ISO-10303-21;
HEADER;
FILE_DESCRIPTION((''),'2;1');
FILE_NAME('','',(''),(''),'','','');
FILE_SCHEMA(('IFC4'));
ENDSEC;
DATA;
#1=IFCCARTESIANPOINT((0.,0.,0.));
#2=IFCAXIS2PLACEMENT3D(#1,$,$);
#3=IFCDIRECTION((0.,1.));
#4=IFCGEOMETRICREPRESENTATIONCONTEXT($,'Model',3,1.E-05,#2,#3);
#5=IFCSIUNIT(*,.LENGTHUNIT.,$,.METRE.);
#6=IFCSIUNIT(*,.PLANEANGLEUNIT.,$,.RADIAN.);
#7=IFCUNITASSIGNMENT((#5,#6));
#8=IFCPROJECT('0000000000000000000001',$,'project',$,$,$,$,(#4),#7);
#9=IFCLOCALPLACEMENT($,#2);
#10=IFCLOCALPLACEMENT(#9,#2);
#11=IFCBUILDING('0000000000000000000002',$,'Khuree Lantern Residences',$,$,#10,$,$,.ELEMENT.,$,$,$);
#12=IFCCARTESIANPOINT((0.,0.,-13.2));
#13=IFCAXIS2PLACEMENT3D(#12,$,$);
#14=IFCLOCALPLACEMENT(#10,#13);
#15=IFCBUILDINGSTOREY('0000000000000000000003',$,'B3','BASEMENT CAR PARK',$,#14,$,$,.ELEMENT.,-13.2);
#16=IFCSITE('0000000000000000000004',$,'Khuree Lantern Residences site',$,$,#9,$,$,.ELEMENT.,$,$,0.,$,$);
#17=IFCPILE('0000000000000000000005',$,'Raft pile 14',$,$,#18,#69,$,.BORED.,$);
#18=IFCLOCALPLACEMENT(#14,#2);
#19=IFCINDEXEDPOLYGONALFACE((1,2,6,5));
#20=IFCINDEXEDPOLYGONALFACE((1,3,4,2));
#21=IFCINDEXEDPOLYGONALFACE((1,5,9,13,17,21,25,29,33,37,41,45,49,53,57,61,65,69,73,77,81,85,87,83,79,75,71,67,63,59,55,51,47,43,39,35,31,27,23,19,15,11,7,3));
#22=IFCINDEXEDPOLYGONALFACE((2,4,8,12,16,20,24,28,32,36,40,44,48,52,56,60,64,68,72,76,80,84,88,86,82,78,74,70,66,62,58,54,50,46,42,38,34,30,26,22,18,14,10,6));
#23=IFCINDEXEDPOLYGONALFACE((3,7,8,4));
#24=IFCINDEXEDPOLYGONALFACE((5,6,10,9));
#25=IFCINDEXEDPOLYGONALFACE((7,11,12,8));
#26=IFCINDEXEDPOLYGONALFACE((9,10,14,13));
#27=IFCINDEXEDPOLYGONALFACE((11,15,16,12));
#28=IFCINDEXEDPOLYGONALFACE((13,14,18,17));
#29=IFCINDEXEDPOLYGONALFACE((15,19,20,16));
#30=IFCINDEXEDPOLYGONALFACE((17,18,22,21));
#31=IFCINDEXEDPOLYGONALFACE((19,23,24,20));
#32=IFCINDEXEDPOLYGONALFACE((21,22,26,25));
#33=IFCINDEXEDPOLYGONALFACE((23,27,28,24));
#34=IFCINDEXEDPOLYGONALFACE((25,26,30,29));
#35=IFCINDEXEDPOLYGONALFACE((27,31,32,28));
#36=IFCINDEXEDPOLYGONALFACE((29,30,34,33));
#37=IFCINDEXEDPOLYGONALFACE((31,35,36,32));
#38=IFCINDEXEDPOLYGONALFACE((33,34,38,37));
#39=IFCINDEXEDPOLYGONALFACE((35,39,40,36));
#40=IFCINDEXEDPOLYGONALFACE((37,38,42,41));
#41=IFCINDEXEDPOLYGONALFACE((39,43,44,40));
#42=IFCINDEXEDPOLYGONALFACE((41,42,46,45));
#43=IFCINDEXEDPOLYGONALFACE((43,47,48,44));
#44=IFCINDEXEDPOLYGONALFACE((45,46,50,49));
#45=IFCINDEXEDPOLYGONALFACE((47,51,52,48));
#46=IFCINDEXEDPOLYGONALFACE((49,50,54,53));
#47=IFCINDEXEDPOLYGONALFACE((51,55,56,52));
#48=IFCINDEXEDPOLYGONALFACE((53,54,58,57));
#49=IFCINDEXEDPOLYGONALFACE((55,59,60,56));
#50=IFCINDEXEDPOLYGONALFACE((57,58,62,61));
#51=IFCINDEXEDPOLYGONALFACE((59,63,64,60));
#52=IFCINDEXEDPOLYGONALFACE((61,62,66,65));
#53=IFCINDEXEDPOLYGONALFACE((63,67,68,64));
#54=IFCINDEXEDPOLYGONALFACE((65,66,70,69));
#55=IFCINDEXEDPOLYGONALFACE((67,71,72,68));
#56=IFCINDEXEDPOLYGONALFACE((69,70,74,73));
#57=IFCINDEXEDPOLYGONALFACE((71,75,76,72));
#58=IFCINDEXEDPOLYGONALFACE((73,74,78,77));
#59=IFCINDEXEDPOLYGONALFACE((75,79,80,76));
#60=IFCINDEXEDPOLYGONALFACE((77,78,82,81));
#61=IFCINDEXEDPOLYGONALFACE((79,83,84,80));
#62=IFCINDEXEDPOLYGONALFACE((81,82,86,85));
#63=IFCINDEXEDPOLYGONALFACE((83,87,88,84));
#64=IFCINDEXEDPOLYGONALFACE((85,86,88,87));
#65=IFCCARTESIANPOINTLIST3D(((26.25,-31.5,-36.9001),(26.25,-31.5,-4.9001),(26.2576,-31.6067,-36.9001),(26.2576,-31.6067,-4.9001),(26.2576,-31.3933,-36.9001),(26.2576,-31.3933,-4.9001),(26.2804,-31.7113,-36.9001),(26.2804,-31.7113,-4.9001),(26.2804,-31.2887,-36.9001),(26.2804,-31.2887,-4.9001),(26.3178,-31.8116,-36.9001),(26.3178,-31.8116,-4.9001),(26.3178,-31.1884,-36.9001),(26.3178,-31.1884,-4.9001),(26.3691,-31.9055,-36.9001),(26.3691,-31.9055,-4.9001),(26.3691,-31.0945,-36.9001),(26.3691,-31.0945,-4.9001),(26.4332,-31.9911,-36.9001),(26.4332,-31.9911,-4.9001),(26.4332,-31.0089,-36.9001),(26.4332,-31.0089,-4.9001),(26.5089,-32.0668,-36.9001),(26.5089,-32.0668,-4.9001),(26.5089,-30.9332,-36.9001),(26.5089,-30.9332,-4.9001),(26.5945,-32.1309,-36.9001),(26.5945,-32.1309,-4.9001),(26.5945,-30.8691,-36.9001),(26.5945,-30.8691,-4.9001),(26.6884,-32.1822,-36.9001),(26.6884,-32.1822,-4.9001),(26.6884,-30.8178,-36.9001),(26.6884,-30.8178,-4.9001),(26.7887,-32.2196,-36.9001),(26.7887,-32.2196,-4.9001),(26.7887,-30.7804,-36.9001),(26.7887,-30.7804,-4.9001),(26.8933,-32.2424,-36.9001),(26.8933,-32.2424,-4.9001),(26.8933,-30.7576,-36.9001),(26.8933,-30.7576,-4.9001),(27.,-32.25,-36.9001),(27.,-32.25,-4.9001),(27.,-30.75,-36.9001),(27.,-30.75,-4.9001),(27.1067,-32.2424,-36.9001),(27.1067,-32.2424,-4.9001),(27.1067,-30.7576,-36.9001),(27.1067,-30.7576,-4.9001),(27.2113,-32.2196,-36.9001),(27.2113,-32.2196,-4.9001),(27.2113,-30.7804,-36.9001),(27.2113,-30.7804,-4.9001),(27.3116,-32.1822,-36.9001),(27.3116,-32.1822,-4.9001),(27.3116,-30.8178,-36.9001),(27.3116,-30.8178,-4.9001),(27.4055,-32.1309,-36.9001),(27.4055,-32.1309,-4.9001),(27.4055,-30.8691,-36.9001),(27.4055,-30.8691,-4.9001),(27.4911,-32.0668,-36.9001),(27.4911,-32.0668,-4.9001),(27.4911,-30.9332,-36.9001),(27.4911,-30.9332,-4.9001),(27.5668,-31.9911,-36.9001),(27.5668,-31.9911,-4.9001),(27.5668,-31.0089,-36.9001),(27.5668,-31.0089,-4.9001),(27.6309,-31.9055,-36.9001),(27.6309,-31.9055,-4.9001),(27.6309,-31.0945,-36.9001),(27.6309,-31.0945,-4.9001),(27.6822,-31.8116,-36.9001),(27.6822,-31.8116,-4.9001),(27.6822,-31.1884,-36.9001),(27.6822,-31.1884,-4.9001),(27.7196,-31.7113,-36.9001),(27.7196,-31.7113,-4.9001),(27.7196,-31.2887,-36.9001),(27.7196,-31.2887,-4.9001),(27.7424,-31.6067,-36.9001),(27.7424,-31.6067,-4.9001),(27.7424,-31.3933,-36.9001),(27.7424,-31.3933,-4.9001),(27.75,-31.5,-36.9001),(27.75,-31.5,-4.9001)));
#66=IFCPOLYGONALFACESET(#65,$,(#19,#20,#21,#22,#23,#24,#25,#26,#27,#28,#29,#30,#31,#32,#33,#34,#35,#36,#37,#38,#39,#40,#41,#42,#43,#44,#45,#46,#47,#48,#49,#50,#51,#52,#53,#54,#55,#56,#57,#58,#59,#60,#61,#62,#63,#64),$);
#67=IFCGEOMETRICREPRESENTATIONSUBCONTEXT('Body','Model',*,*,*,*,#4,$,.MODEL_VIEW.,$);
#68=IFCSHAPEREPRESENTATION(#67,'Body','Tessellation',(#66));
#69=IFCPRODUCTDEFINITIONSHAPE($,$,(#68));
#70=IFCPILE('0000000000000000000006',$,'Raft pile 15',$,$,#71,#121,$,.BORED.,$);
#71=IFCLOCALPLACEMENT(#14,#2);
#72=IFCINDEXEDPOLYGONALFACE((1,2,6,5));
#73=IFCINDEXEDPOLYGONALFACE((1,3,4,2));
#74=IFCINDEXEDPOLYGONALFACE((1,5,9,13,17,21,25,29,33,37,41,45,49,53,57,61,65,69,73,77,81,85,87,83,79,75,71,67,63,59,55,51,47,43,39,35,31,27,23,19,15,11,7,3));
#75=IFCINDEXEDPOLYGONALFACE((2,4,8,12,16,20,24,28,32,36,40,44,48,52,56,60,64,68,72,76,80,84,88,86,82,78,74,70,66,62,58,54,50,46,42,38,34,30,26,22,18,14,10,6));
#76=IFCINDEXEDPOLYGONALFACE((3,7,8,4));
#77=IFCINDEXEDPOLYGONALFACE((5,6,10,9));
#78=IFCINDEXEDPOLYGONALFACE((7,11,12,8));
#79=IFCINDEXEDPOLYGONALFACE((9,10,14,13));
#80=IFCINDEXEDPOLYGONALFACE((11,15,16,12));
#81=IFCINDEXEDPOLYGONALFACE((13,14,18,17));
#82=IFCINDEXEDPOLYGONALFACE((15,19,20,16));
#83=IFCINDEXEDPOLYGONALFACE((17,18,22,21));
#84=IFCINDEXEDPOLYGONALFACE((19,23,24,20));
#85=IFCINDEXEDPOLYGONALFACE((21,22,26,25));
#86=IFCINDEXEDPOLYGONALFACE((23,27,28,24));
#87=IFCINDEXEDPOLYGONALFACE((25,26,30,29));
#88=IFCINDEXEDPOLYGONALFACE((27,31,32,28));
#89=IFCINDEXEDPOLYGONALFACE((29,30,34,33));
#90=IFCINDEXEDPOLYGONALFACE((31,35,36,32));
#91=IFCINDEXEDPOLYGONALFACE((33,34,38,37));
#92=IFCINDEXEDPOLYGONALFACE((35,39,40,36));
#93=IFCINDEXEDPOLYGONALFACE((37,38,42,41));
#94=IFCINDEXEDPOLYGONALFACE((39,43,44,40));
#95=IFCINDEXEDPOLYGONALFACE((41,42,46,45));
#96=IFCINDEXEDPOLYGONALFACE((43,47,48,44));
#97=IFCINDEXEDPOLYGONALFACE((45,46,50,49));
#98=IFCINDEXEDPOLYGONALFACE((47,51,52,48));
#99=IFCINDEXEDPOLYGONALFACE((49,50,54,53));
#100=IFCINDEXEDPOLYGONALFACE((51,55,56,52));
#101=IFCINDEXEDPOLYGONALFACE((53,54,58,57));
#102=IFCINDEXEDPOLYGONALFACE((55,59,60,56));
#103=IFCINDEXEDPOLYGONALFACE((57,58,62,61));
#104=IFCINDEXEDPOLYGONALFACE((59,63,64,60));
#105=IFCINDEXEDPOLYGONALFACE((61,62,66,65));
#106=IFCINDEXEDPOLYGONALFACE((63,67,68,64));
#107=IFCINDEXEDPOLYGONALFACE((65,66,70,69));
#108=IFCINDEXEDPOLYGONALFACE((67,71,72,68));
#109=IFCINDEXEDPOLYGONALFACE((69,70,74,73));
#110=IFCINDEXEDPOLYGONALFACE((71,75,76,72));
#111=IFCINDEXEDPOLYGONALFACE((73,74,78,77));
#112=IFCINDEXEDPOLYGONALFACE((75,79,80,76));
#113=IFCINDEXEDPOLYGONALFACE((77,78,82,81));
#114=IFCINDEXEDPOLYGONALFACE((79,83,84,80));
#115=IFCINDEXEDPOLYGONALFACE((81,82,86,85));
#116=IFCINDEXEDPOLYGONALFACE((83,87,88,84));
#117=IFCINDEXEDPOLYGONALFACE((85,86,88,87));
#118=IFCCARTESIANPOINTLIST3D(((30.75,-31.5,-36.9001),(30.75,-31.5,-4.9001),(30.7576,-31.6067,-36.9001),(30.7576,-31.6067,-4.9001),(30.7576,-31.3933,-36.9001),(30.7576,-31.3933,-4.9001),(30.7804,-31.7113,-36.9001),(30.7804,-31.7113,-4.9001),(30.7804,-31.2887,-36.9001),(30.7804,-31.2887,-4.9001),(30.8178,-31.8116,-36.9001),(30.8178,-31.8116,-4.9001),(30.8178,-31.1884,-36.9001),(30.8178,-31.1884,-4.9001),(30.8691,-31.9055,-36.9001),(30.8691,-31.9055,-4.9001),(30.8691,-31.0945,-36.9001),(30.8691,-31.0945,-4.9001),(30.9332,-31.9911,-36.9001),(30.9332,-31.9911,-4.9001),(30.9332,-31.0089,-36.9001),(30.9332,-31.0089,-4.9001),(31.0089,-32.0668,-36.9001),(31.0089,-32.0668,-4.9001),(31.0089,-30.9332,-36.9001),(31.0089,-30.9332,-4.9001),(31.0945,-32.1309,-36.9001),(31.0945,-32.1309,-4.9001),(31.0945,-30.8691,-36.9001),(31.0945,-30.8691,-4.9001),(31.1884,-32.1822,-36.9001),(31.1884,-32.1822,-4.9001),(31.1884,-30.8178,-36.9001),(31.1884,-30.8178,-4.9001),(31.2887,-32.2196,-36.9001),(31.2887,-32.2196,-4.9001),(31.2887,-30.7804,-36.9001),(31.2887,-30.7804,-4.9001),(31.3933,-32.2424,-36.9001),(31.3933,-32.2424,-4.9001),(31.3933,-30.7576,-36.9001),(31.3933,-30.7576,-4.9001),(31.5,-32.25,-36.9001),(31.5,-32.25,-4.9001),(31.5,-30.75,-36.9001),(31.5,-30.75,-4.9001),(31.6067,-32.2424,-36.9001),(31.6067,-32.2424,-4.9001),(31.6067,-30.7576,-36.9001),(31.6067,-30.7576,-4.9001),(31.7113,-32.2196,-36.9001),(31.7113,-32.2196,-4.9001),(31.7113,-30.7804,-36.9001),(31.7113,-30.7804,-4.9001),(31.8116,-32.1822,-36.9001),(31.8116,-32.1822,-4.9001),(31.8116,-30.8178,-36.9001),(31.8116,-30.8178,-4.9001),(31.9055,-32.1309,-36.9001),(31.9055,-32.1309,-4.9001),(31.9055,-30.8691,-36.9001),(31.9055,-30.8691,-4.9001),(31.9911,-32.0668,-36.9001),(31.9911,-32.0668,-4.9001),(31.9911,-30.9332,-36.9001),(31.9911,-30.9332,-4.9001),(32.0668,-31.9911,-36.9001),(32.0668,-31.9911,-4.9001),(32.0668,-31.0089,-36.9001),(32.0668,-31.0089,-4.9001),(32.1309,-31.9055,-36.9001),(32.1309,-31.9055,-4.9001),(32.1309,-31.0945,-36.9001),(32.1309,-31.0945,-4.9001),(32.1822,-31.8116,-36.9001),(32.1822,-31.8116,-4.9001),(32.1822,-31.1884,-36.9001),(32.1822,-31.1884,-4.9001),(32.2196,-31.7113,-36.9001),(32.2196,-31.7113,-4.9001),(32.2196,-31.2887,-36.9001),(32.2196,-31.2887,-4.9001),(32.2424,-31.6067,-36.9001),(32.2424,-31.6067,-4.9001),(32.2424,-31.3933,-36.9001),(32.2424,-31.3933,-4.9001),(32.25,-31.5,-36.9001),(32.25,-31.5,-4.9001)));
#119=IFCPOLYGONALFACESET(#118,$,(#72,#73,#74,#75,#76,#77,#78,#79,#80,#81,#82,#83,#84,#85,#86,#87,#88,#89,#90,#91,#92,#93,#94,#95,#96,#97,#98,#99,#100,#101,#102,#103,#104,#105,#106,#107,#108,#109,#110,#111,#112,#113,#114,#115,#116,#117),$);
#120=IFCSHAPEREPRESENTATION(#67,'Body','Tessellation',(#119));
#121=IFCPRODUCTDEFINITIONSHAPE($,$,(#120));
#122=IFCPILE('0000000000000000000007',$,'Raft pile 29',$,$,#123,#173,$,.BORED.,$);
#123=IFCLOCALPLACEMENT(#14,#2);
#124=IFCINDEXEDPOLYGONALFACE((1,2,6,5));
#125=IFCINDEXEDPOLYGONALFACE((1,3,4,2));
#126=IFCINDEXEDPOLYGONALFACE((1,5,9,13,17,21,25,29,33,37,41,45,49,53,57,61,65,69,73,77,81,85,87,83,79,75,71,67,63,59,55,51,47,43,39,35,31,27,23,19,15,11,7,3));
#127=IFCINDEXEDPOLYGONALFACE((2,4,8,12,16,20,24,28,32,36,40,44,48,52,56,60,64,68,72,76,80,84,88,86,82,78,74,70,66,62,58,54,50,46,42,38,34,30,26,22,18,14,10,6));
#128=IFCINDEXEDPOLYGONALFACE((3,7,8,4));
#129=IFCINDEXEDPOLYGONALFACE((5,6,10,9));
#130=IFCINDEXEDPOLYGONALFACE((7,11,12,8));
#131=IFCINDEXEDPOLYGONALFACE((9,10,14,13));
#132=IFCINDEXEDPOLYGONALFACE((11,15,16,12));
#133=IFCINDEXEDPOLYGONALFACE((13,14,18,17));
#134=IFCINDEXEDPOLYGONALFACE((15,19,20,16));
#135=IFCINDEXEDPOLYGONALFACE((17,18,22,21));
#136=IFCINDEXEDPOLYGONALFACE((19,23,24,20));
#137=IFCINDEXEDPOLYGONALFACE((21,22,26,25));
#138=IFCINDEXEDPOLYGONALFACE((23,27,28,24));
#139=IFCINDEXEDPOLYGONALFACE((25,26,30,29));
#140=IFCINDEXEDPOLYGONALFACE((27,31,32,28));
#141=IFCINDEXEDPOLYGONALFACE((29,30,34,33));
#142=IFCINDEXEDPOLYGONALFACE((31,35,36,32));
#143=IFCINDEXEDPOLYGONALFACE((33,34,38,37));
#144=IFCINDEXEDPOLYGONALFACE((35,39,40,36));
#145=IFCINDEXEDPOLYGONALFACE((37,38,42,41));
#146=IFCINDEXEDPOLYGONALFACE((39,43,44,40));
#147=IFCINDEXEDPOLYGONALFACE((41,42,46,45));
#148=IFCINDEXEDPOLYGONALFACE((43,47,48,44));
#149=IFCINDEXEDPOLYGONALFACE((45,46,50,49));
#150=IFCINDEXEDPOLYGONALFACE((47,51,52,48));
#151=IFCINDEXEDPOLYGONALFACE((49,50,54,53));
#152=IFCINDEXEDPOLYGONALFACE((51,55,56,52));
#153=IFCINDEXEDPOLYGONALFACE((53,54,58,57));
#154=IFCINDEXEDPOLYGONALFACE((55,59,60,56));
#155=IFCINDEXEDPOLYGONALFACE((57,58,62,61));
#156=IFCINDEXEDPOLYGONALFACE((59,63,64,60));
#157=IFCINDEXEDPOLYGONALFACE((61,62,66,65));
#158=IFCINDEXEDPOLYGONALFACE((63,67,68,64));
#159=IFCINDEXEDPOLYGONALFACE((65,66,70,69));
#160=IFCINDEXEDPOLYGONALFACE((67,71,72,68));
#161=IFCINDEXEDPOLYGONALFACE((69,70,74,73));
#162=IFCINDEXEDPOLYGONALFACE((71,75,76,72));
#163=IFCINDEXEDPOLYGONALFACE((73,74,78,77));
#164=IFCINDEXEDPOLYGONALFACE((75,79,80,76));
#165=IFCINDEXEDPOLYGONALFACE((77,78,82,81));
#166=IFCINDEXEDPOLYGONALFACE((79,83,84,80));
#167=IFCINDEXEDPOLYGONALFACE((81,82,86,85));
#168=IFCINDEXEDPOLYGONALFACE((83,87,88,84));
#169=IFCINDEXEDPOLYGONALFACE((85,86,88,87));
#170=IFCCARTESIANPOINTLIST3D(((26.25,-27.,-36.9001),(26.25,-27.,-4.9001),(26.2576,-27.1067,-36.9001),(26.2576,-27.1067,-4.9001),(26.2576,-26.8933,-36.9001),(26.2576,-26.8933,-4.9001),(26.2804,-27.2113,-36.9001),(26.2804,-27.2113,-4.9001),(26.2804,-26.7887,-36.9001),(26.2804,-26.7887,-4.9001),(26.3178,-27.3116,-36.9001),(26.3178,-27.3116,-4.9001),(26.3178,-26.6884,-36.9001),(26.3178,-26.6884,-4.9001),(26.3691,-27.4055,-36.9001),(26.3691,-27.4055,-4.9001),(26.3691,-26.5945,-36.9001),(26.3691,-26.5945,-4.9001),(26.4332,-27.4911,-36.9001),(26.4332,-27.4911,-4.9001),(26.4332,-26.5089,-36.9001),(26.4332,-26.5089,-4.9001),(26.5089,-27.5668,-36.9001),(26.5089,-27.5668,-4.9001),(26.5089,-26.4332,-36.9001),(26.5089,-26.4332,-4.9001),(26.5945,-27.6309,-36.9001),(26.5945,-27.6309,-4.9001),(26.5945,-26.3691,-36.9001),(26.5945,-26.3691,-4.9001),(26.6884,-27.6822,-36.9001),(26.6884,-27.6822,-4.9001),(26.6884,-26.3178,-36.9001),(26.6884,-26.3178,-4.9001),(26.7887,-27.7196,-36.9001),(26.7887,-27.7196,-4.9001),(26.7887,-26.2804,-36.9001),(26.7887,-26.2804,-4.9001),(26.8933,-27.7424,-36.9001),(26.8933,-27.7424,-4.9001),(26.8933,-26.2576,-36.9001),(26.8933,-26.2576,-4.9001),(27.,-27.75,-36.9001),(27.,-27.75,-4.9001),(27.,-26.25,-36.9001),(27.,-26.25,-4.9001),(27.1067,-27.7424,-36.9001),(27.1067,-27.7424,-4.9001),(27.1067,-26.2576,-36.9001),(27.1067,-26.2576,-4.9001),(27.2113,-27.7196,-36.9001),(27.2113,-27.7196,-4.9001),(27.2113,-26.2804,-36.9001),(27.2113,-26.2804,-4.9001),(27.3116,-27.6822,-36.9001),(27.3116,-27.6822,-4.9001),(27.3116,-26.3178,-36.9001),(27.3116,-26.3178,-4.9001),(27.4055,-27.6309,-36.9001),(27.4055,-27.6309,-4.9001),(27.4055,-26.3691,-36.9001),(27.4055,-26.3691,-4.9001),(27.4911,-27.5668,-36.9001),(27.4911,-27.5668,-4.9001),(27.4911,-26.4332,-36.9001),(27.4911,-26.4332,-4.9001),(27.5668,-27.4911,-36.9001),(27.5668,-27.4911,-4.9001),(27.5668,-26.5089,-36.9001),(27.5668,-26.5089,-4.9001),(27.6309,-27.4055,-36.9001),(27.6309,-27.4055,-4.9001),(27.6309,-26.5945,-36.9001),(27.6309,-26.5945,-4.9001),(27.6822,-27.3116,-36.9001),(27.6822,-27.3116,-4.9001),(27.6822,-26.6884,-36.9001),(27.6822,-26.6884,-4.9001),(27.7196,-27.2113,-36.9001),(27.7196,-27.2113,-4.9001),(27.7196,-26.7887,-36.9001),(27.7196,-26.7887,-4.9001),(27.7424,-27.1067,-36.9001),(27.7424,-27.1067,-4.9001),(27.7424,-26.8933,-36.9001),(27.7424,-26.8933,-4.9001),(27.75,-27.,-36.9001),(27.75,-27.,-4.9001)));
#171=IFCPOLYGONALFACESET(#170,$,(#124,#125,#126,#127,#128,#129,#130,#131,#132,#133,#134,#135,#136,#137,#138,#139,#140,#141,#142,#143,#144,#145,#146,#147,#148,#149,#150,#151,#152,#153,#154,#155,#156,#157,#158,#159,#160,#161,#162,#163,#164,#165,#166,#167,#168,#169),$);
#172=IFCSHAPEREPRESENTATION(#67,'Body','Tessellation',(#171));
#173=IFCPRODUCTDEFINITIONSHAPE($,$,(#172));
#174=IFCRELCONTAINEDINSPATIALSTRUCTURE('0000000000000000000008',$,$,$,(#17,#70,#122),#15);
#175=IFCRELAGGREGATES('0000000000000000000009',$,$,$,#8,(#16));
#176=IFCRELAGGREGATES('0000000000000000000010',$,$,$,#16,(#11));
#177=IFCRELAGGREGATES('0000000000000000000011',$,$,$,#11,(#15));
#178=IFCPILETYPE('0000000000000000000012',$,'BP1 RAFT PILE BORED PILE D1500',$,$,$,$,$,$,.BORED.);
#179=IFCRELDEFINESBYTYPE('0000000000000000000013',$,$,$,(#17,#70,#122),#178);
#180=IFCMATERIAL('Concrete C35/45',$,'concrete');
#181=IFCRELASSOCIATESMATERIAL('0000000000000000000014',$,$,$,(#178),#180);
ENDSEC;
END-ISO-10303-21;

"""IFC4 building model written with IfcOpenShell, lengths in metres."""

from ifc_helpers import new_model, si_unit, direction, frame, origin, origin_2d, place, context, subcontext, project, spatial, circle, extrude, material, material_profile, profile_set, type_object, element, save


model = new_model("IFC4")

# Units and contexts
model_context = context("Model", 3, precision=1e-05, world=origin(), true_north=direction((0.0, 1.0)))
body_context = subcontext(model_context, "Body", "Model", "MODEL_VIEW")
ifc_project = project(units=[si_unit("LENGTHUNIT", "METRE"), si_unit("PLANEANGLEUNIT", "RADIAN")], contexts=[model_context])

# Site, building, storey
site_placement = place(None, origin())
site = spatial("IfcSite", under=ifc_project, at=site_placement, Name="Khuree Lantern Residences site", CompositionType="ELEMENT", RefElevation=0.0)
building_placement = place(site_placement, origin())
building = spatial("IfcBuilding", under=site, at=building_placement, Name="Khuree Lantern Residences", CompositionType="ELEMENT")
storey_placement = place(building_placement, frame((0.0, 0.0, -13.2)))
storey = spatial("IfcBuildingStorey", under=building, at=storey_placement, Name="B3", Description="BASEMENT CAR PARK", CompositionType="ELEMENT", Elevation=-13.2)

# Piles
ifc_material_1 = material(Name="Concrete C35/45", Category="concrete")
ifc_material_profile_1 = material_profile(ifc_material_1, circle(Radius=0.75, at=origin_2d()), Name="BORED PILE D1500")
ifc_profile_set_1 = profile_set([ifc_material_profile_1], Name="Concrete C35/45")
pile_type_1 = type_object("IfcPileType", Name="BP1 RAFT PILE BORED PILE D1500", PredefinedType="BORED", material=ifc_profile_set_1)
for number, where, z_axis, x_axis, name in (
    (1, (27.0, -31.5, -4.9001), (0.0, 0.0, -1.0), (1.0, 0.0, 0.0), "Raft pile 14"),
    (2, (31.5, -31.5, -4.9001), (0.0, 0.0, -1.0), (1.0, 0.0, 0.0), "Raft pile 15"),
    (3, (27.0, -27.0, -4.9001), (0.0, 0.0, -1.0), (1.0, 0.0, 0.0), "Raft pile 29"),
):
    element("IfcPile", number, at=place(storey_placement, frame(where, z_axis=z_axis, x_axis=x_axis)), inside=storey, type_object=pile_type_1, Name=name, PredefinedType="BORED", context=body_context, shape_type="SweptSolid", body=[
        extrude(circle(Radius=0.75, at=origin_2d()), origin(), (0.0, 0.0, 1.0), 32.0),
    ])

save(model, "model.ifc")
